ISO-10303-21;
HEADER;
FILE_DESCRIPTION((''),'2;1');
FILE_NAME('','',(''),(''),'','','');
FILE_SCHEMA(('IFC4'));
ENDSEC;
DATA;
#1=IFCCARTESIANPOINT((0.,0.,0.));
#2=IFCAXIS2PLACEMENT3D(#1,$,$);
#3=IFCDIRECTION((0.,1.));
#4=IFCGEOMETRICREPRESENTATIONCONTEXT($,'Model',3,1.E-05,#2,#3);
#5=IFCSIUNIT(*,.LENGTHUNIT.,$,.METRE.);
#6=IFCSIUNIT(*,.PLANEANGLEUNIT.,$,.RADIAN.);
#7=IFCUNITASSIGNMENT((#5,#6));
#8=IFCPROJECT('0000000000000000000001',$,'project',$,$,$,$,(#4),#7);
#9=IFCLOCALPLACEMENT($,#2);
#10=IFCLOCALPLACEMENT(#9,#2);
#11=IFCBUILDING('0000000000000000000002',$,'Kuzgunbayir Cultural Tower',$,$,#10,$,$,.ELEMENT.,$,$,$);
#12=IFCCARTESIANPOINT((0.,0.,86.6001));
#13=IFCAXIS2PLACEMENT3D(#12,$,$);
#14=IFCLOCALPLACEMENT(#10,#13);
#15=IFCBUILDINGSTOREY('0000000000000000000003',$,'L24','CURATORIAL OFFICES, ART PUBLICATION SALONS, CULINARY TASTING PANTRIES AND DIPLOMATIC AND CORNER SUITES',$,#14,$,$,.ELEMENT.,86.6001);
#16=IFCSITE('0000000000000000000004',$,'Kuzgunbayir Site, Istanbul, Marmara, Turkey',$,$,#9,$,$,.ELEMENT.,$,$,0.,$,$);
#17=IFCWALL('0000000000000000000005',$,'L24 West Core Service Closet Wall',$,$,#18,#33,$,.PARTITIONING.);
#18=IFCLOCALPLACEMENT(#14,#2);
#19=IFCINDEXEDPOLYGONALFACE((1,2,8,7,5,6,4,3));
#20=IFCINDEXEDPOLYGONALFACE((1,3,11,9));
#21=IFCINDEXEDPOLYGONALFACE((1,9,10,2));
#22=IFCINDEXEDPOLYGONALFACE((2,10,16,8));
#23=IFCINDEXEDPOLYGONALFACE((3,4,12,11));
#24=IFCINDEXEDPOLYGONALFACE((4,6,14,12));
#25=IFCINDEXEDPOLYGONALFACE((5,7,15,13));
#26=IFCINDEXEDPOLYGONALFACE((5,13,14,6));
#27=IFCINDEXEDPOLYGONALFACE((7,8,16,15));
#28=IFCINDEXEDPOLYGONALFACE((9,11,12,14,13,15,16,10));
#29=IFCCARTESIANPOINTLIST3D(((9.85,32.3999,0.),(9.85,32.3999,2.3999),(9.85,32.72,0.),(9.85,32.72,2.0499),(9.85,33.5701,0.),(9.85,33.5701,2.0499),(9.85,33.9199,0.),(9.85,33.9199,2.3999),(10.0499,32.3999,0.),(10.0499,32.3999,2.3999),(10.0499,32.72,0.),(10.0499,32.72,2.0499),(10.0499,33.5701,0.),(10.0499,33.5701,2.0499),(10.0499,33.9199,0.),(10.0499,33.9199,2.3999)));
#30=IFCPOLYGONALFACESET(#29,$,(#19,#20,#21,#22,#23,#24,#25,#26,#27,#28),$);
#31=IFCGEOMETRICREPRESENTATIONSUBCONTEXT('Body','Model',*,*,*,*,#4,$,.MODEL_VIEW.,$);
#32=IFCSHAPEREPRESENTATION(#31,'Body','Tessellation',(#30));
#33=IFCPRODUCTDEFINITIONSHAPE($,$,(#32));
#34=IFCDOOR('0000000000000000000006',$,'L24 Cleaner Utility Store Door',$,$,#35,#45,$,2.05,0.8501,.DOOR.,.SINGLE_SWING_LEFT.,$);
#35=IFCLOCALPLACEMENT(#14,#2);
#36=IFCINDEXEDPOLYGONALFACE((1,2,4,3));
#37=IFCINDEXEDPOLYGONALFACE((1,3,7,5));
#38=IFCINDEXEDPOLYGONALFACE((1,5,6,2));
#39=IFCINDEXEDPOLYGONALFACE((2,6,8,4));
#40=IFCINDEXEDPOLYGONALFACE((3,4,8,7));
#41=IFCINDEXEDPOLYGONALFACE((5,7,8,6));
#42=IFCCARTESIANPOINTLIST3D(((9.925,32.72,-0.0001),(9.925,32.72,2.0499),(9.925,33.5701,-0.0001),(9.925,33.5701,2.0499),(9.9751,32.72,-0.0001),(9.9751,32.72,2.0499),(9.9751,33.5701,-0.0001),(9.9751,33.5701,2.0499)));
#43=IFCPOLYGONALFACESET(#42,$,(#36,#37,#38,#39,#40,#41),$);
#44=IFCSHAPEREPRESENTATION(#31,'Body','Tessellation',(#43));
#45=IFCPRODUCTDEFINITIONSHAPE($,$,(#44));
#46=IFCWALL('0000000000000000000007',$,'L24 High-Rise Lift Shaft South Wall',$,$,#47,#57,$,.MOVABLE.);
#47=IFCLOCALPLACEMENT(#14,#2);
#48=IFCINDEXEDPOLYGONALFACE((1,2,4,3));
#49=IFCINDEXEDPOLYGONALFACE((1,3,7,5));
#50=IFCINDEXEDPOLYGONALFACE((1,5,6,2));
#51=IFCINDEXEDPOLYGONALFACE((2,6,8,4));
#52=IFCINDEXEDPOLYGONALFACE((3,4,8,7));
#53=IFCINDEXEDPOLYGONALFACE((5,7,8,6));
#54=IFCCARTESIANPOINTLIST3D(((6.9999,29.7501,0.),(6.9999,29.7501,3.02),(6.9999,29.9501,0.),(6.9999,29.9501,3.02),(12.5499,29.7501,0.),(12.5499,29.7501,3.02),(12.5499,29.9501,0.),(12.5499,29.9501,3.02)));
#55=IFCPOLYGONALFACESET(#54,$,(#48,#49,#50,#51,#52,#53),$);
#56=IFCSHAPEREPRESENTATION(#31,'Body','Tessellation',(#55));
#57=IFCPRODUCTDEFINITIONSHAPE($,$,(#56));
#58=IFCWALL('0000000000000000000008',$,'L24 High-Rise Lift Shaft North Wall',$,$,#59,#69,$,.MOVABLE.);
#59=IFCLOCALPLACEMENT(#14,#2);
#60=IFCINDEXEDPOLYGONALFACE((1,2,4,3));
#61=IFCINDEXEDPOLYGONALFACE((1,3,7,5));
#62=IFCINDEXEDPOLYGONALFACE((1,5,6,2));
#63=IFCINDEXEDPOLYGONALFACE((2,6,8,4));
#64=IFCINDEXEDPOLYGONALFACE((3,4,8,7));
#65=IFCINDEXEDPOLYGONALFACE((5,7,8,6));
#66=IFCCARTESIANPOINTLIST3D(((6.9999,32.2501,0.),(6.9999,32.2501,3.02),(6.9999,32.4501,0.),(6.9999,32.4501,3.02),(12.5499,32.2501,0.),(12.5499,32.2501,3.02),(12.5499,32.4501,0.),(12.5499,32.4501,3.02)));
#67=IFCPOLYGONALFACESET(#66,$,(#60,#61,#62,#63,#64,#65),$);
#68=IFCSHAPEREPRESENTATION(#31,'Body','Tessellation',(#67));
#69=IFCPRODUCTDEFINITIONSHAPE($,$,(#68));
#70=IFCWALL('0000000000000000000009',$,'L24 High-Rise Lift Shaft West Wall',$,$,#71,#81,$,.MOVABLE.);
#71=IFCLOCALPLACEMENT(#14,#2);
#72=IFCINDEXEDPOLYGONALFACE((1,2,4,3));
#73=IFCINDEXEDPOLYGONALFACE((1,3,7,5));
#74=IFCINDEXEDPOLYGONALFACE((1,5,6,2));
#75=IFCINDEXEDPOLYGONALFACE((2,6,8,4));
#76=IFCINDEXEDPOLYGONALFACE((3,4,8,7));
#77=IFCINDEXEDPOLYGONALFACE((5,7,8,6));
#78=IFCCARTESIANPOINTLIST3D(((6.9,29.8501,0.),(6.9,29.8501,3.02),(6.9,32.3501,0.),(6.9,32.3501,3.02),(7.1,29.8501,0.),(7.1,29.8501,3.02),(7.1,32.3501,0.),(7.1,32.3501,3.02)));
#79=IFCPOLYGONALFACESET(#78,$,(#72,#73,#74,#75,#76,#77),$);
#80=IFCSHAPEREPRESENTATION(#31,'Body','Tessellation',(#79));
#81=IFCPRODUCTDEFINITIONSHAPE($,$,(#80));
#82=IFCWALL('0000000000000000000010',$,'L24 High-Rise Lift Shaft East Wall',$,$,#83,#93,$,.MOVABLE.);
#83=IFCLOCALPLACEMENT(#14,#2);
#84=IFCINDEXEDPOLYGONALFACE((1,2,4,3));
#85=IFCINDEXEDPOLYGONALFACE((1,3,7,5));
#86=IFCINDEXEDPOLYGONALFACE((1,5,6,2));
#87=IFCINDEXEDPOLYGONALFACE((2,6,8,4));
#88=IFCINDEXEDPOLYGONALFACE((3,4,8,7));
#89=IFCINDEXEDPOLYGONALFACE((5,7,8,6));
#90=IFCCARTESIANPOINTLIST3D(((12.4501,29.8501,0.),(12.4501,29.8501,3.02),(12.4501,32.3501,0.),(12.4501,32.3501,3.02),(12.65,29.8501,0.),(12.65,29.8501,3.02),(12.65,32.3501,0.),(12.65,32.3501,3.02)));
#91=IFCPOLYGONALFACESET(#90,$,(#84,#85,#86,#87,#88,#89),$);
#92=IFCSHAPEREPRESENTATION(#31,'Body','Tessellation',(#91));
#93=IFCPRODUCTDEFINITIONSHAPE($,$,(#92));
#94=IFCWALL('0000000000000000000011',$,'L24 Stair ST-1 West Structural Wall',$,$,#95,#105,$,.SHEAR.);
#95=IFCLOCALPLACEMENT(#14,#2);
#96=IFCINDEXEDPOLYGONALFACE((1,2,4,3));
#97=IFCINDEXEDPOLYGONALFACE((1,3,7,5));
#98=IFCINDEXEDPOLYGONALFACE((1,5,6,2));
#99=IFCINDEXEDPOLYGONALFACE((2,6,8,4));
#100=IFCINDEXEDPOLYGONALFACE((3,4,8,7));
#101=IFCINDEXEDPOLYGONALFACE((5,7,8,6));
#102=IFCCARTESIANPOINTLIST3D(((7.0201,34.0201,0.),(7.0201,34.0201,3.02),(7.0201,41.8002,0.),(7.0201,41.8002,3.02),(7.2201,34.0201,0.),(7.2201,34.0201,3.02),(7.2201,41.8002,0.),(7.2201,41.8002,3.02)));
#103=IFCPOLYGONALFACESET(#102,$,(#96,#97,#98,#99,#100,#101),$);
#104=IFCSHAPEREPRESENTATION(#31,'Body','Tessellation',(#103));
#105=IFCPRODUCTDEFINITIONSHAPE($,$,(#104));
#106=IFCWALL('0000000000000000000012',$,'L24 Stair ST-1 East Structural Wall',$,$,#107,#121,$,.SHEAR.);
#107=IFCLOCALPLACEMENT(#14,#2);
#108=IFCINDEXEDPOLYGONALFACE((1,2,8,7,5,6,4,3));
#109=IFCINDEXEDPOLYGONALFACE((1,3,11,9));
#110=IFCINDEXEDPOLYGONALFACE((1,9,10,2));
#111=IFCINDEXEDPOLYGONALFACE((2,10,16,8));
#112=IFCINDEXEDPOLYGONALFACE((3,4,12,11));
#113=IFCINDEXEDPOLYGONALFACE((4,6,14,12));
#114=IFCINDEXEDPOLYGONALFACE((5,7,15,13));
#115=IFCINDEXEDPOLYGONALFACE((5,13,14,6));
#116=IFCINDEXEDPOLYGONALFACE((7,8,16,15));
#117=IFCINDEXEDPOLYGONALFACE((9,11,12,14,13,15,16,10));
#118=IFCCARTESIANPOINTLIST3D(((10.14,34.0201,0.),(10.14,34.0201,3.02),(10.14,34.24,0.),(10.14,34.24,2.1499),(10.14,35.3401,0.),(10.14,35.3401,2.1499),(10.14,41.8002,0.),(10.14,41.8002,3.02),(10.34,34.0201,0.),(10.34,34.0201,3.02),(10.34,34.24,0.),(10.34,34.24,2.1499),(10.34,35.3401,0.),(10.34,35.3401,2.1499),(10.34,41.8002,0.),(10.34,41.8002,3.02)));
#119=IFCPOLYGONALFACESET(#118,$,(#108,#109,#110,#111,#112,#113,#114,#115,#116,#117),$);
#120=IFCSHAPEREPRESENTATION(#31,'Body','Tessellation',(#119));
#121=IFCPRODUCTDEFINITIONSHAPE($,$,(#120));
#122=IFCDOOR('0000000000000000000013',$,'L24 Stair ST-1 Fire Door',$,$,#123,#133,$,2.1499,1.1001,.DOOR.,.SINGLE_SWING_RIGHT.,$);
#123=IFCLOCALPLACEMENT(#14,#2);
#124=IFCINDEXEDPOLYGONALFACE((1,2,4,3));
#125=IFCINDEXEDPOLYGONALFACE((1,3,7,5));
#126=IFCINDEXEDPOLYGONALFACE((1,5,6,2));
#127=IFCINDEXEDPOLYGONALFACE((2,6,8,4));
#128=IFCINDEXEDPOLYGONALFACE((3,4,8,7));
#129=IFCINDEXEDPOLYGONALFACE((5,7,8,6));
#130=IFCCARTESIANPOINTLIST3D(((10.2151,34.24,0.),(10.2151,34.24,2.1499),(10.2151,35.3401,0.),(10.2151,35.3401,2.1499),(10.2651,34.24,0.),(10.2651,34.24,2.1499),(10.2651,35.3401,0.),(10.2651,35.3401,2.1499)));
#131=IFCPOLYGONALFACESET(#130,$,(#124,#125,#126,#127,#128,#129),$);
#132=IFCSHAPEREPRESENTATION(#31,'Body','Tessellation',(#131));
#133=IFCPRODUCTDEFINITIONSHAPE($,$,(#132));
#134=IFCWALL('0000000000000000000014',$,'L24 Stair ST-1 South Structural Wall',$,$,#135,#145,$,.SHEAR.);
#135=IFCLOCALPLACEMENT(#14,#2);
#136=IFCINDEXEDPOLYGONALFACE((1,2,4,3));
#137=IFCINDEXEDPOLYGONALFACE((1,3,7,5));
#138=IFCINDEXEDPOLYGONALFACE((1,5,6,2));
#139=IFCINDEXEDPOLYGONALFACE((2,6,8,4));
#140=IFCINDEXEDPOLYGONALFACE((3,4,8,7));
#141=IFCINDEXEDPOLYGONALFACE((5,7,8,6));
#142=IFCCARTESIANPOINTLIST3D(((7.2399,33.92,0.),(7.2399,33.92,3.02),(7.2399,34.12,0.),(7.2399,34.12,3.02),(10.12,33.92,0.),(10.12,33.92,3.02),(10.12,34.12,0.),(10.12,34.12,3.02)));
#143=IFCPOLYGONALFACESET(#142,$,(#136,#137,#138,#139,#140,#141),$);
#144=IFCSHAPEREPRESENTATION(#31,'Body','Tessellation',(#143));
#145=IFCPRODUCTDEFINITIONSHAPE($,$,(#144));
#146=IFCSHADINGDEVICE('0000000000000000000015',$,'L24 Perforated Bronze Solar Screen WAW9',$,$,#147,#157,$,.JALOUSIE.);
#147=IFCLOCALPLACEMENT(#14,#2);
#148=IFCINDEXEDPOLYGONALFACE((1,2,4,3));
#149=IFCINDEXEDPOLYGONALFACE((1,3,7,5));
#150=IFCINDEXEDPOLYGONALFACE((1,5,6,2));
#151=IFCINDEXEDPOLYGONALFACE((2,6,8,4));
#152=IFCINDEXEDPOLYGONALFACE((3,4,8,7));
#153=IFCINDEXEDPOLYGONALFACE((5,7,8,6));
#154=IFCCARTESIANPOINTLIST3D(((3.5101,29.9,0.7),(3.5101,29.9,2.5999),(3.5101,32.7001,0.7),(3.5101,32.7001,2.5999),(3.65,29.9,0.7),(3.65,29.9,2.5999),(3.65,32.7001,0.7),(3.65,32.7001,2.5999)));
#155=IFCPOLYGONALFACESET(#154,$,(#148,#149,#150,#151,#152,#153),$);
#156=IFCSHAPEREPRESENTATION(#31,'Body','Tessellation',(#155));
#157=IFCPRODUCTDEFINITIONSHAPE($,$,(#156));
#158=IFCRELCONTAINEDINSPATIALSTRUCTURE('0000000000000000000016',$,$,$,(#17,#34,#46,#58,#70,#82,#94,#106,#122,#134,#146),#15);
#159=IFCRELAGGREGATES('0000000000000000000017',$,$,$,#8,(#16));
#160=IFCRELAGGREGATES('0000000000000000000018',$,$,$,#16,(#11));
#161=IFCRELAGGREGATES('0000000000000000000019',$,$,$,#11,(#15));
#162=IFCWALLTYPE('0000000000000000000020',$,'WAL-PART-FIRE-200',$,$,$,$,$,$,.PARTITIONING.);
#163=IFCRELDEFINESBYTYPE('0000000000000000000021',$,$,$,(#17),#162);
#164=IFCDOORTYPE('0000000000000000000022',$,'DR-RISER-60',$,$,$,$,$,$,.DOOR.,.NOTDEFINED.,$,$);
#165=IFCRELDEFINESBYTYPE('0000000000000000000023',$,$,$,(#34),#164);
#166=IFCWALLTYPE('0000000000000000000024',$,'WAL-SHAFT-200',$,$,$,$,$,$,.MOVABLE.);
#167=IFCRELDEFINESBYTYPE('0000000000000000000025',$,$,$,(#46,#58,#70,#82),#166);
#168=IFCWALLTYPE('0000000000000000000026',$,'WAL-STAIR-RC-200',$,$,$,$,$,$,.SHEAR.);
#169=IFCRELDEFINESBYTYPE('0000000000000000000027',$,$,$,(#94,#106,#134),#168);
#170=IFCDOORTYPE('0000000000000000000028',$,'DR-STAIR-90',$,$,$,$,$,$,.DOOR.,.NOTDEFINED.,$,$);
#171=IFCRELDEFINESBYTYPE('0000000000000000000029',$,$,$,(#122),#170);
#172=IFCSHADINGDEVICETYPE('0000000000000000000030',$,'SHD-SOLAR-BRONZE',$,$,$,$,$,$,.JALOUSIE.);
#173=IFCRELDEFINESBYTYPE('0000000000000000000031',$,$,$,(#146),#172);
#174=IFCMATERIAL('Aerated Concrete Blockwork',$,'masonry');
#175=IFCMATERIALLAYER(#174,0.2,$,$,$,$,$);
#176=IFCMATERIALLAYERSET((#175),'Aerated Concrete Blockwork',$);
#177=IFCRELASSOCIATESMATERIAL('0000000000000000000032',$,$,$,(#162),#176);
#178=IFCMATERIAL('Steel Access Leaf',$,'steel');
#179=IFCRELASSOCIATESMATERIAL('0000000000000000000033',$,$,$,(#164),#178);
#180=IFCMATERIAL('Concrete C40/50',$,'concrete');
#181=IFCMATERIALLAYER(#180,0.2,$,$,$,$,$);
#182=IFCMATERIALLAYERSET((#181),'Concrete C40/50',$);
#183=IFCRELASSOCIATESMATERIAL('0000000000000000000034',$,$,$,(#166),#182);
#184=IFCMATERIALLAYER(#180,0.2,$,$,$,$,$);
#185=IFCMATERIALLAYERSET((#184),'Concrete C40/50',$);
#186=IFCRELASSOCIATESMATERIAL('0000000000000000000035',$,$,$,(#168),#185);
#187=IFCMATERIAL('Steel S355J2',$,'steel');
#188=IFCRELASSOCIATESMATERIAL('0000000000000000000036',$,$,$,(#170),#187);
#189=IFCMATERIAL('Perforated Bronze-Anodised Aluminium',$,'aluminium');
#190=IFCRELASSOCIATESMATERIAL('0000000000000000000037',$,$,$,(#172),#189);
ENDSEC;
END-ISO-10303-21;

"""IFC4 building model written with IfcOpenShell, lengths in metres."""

from ifc_helpers import new_model, si_unit, direction, frame, frame_2d, origin, origin_2d, place, context, subcontext, project, spatial, rectangle, extrude, material, layer, layer_set, type_object, element, fill, save


model = new_model("IFC4")

# Units and contexts
model_context = context("Model", 3, precision=1e-05, world=origin(), true_north=direction((0.0, 1.0)))
body_context = subcontext(model_context, "Body", "Model", "MODEL_VIEW")
ifc_project = project(units=[si_unit("LENGTHUNIT", "METRE"), si_unit("PLANEANGLEUNIT", "RADIAN")], contexts=[model_context])

# Site, building, storey
site_placement = place(None, origin())
site = spatial("IfcSite", under=ifc_project, at=site_placement, Name="Kuzgunbayir Site, Istanbul, Marmara, Turkey", CompositionType="ELEMENT", RefElevation=0.0)
building_placement = place(site_placement, origin())
building = spatial("IfcBuilding", under=site, at=building_placement, Name="Kuzgunbayir Cultural Tower", CompositionType="ELEMENT")
storey_placement = place(building_placement, frame((0.0, 0.0, 86.6001)))
storey = spatial("IfcBuildingStorey", under=building, at=storey_placement, Name="L24", Description="CURATORIAL OFFICES, ART PUBLICATION SALONS, CULINARY TASTING PANTRIES AND DIPLOMATIC AND CORNER SUITES", CompositionType="ELEMENT", Elevation=86.6001)

# Shared definitions
ifc_material_1 = material(Name="Steel S355J2", Category="steel")

# Shared definitions
ifc_material_2 = material(Name="Perforated Bronze-Anodised Aluminium", Category="aluminium")

# Shared definitions
ifc_material_3 = material(Name="Aerated Concrete Blockwork", Category="masonry")
ifc_layer_1 = layer(ifc_material_3, 0.2)
ifc_layer_set_1 = layer_set([ifc_layer_1], Name="Aerated Concrete Blockwork")
wall_type_1 = type_object("IfcWallType", Name="WAL-PART-FIRE-200", PredefinedType="PARTITIONING", material=ifc_layer_set_1)

# Wall, opening, door
wall_1_placement = place(storey_placement, frame((9.95, 32.3999, 0.0), z_axis=(0.0, 0.0, 1.0), x_axis=(0.0, 1.0, 0.0)))
wall_1 = element("IfcWall", 1, at=wall_1_placement, inside=storey, type_object=wall_type_1, Name="L24 West Core Service Closet Wall", PredefinedType="PARTITIONING", context=body_context, shape_type="SweptSolid", body=[
    extrude(rectangle(XDim=1.52, YDim=0.2, at=frame_2d((0.76, 0.0))), origin(), (0.0, 0.0, 1.0), 2.3999),
])
opening_1_placement = place(wall_1_placement, frame((0.3201, 0.0, 0.0)))
opening_1 = element("IfcOpeningElement", 2, at=opening_1_placement, cuts=wall_1, PredefinedType="OPENING", context=body_context, shape_type="SweptSolid", body=[
    extrude(rectangle(XDim=0.8501, YDim=2.05, at=frame_2d((0.425, 1.0249))), frame((0.0, 0.1099, 0.0), z_axis=(0.0, -1.0, 0.0), x_axis=(1.0, 0.0, 0.0)), (0.0, 0.0, 1.0), 0.22),
])
ifc_material_4 = material(Name="Steel Access Leaf", Category="steel")
door_type_1 = type_object("IfcDoorType", Name="DR-RISER-60", OperationType="NOTDEFINED", PredefinedType="DOOR", material=ifc_material_4)
door_1_placement = place(opening_1_placement, origin())
door_1 = element("IfcDoor", 3, at=door_1_placement, inside=storey, type_object=door_type_1, Name="L24 Cleaner Utility Store Door", OperationType="SINGLE_SWING_LEFT", OverallHeight=2.05, OverallWidth=0.8501, PredefinedType="DOOR", context=body_context, shape_type="SweptSolid", body=[
    extrude(rectangle(XDim=0.8501, YDim=2.05, at=frame_2d((0.425, 1.0249))), frame((0.0, 0.0249, 0.0), z_axis=(0.0, -1.0, 0.0), x_axis=(1.0, 0.0, 0.0)), (0.0, 0.0, 1.0), 0.05),
])
fill(opening_1, door_1)

# Walls
ifc_material_5 = material(Name="Concrete C40/50", Category="concrete")
ifc_layer_2 = layer(ifc_material_5, 0.2)
ifc_layer_set_2 = layer_set([ifc_layer_2], Name="Concrete C40/50")
wall_type_2 = type_object("IfcWallType", Name="WAL-SHAFT-200", PredefinedType="MOVABLE", material=ifc_layer_set_2)
for number, where, z_axis, x_axis, name in (
    (4, (7.0, 29.8501, 0.0), (0.0, 0.0, 1.0), (1.0, 0.0, 0.0), "L24 High-Rise Lift Shaft South Wall"),
    (5, (7.0, 32.3501, 0.0), (0.0, 0.0, 1.0), (1.0, 0.0, 0.0), "L24 High-Rise Lift Shaft North Wall"),
):
    element("IfcWall", number, at=place(storey_placement, frame(where, z_axis=z_axis, x_axis=x_axis)), inside=storey, type_object=wall_type_2, Name=name, PredefinedType="MOVABLE", context=body_context, shape_type="SweptSolid", body=[
        extrude(rectangle(XDim=5.55, YDim=0.2, at=frame_2d((2.7749, 0.0))), origin(), (0.0, 0.0, 1.0), 3.02),
    ])
for number, where, z_axis, x_axis, name in (
    (6, (7.0, 29.8501, 0.0), (0.0, 0.0, 1.0), (0.0, 1.0, 0.0), "L24 High-Rise Lift Shaft West Wall"),
    (7, (12.55, 29.8501, 0.0), (0.0, 0.0, 1.0), (0.0, 1.0, 0.0), "L24 High-Rise Lift Shaft East Wall"),
):
    element("IfcWall", number, at=place(storey_placement, frame(where, z_axis=z_axis, x_axis=x_axis)), inside=storey, type_object=wall_type_2, Name=name, PredefinedType="MOVABLE", context=body_context, shape_type="SweptSolid", body=[
        extrude(rectangle(XDim=2.5, YDim=0.2, at=frame_2d((1.25, 0.0))), origin(), (0.0, 0.0, 1.0), 3.02),
    ])
ifc_layer_3 = layer(ifc_material_5, 0.2)
ifc_layer_set_3 = layer_set([ifc_layer_3], Name="Concrete C40/50")
wall_type_3 = type_object("IfcWallType", Name="WAL-STAIR-RC-200", PredefinedType="SHEAR", material=ifc_layer_set_3)
wall_2_placement = place(storey_placement, frame((7.1201, 34.02, 0.0), z_axis=(0.0, 0.0, 1.0), x_axis=(0.0, 1.0, 0.0)))
element("IfcWall", 8, at=wall_2_placement, inside=storey, type_object=wall_type_3, Name="L24 Stair ST-1 West Structural Wall", PredefinedType="SHEAR", context=body_context, shape_type="SweptSolid", body=[
    extrude(rectangle(XDim=7.78, YDim=0.2, at=frame_2d((3.8901, 0.0))), origin(), (0.0, 0.0, 1.0), 3.02),
])

# Wall, opening, door
wall_3_placement = place(storey_placement, frame((10.24, 34.02, 0.0), z_axis=(0.0, 0.0, 1.0), x_axis=(0.0, 1.0, 0.0)))
wall_3 = element("IfcWall", 9, at=wall_3_placement, inside=storey, type_object=wall_type_3, Name="L24 Stair ST-1 East Structural Wall", PredefinedType="SHEAR", context=body_context, shape_type="SweptSolid", body=[
    extrude(rectangle(XDim=7.78, YDim=0.2, at=frame_2d((3.8901, 0.0))), origin(), (0.0, 0.0, 1.0), 3.02),
])
opening_2_placement = place(wall_3_placement, frame((0.22, 0.0, 0.0)))
opening_2 = element("IfcOpeningElement", 10, at=opening_2_placement, cuts=wall_3, PredefinedType="OPENING", context=body_context, shape_type="SweptSolid", body=[
    extrude(rectangle(XDim=1.1001, YDim=2.1499, at=frame_2d((0.55, 1.075))), frame((0.0, 0.1099, 0.0), z_axis=(0.0, -1.0, 0.0), x_axis=(1.0, 0.0, 0.0)), (0.0, 0.0, 1.0), 0.22),
])
door_type_2 = type_object("IfcDoorType", Name="DR-STAIR-90", OperationType="NOTDEFINED", PredefinedType="DOOR", material=ifc_material_1)
door_2_placement = place(opening_2_placement, origin())
door_2 = element("IfcDoor", 11, at=door_2_placement, inside=storey, type_object=door_type_2, Name="L24 Stair ST-1 Fire Door", OperationType="SINGLE_SWING_RIGHT", OverallHeight=2.1499, OverallWidth=1.1001, PredefinedType="DOOR", context=body_context, shape_type="SweptSolid", body=[
    extrude(rectangle(XDim=1.1001, YDim=2.1499, at=frame_2d((0.55, 1.075))), frame((0.0, 0.0249, 0.0), z_axis=(0.0, -1.0, 0.0), x_axis=(1.0, 0.0, 0.0)), (0.0, 0.0, 1.0), 0.05),
])
fill(opening_2, door_2)

# Wall
wall_4_placement = place(storey_placement, frame((7.24, 34.02, 0.0), z_axis=(0.0, 0.0, 1.0), x_axis=(1.0, 0.0, 0.0)))
element("IfcWall", 12, at=wall_4_placement, inside=storey, type_object=wall_type_3, Name="L24 Stair ST-1 South Structural Wall", PredefinedType="SHEAR", context=body_context, shape_type="SweptSolid", body=[
    extrude(rectangle(XDim=2.8801, YDim=0.2, at=frame_2d((1.4399, 0.0))), origin(), (0.0, 0.0, 1.0), 3.02),
])

# Shading device
shading_device_type = type_object("IfcShadingDeviceType", Name="SHD-SOLAR-BRONZE", PredefinedType="JALOUSIE", material=ifc_material_2)
shading_device_placement = place(storey_placement, frame((3.5801, 31.3, 0.7), z_axis=(0.0, 0.0, 1.0), x_axis=(1.0, 0.0, 0.0)))
element("IfcShadingDevice", 13, at=shading_device_placement, inside=storey, type_object=shading_device_type, Name="L24 Perforated Bronze Solar Screen WAW9", PredefinedType="JALOUSIE", context=body_context, shape_type="SweptSolid", body=[
    extrude(rectangle(XDim=0.1399, YDim=2.8, at=origin_2d()), origin(), (0.0, 0.0, 1.0), 1.8999),
])

save(model, "model.ifc")
